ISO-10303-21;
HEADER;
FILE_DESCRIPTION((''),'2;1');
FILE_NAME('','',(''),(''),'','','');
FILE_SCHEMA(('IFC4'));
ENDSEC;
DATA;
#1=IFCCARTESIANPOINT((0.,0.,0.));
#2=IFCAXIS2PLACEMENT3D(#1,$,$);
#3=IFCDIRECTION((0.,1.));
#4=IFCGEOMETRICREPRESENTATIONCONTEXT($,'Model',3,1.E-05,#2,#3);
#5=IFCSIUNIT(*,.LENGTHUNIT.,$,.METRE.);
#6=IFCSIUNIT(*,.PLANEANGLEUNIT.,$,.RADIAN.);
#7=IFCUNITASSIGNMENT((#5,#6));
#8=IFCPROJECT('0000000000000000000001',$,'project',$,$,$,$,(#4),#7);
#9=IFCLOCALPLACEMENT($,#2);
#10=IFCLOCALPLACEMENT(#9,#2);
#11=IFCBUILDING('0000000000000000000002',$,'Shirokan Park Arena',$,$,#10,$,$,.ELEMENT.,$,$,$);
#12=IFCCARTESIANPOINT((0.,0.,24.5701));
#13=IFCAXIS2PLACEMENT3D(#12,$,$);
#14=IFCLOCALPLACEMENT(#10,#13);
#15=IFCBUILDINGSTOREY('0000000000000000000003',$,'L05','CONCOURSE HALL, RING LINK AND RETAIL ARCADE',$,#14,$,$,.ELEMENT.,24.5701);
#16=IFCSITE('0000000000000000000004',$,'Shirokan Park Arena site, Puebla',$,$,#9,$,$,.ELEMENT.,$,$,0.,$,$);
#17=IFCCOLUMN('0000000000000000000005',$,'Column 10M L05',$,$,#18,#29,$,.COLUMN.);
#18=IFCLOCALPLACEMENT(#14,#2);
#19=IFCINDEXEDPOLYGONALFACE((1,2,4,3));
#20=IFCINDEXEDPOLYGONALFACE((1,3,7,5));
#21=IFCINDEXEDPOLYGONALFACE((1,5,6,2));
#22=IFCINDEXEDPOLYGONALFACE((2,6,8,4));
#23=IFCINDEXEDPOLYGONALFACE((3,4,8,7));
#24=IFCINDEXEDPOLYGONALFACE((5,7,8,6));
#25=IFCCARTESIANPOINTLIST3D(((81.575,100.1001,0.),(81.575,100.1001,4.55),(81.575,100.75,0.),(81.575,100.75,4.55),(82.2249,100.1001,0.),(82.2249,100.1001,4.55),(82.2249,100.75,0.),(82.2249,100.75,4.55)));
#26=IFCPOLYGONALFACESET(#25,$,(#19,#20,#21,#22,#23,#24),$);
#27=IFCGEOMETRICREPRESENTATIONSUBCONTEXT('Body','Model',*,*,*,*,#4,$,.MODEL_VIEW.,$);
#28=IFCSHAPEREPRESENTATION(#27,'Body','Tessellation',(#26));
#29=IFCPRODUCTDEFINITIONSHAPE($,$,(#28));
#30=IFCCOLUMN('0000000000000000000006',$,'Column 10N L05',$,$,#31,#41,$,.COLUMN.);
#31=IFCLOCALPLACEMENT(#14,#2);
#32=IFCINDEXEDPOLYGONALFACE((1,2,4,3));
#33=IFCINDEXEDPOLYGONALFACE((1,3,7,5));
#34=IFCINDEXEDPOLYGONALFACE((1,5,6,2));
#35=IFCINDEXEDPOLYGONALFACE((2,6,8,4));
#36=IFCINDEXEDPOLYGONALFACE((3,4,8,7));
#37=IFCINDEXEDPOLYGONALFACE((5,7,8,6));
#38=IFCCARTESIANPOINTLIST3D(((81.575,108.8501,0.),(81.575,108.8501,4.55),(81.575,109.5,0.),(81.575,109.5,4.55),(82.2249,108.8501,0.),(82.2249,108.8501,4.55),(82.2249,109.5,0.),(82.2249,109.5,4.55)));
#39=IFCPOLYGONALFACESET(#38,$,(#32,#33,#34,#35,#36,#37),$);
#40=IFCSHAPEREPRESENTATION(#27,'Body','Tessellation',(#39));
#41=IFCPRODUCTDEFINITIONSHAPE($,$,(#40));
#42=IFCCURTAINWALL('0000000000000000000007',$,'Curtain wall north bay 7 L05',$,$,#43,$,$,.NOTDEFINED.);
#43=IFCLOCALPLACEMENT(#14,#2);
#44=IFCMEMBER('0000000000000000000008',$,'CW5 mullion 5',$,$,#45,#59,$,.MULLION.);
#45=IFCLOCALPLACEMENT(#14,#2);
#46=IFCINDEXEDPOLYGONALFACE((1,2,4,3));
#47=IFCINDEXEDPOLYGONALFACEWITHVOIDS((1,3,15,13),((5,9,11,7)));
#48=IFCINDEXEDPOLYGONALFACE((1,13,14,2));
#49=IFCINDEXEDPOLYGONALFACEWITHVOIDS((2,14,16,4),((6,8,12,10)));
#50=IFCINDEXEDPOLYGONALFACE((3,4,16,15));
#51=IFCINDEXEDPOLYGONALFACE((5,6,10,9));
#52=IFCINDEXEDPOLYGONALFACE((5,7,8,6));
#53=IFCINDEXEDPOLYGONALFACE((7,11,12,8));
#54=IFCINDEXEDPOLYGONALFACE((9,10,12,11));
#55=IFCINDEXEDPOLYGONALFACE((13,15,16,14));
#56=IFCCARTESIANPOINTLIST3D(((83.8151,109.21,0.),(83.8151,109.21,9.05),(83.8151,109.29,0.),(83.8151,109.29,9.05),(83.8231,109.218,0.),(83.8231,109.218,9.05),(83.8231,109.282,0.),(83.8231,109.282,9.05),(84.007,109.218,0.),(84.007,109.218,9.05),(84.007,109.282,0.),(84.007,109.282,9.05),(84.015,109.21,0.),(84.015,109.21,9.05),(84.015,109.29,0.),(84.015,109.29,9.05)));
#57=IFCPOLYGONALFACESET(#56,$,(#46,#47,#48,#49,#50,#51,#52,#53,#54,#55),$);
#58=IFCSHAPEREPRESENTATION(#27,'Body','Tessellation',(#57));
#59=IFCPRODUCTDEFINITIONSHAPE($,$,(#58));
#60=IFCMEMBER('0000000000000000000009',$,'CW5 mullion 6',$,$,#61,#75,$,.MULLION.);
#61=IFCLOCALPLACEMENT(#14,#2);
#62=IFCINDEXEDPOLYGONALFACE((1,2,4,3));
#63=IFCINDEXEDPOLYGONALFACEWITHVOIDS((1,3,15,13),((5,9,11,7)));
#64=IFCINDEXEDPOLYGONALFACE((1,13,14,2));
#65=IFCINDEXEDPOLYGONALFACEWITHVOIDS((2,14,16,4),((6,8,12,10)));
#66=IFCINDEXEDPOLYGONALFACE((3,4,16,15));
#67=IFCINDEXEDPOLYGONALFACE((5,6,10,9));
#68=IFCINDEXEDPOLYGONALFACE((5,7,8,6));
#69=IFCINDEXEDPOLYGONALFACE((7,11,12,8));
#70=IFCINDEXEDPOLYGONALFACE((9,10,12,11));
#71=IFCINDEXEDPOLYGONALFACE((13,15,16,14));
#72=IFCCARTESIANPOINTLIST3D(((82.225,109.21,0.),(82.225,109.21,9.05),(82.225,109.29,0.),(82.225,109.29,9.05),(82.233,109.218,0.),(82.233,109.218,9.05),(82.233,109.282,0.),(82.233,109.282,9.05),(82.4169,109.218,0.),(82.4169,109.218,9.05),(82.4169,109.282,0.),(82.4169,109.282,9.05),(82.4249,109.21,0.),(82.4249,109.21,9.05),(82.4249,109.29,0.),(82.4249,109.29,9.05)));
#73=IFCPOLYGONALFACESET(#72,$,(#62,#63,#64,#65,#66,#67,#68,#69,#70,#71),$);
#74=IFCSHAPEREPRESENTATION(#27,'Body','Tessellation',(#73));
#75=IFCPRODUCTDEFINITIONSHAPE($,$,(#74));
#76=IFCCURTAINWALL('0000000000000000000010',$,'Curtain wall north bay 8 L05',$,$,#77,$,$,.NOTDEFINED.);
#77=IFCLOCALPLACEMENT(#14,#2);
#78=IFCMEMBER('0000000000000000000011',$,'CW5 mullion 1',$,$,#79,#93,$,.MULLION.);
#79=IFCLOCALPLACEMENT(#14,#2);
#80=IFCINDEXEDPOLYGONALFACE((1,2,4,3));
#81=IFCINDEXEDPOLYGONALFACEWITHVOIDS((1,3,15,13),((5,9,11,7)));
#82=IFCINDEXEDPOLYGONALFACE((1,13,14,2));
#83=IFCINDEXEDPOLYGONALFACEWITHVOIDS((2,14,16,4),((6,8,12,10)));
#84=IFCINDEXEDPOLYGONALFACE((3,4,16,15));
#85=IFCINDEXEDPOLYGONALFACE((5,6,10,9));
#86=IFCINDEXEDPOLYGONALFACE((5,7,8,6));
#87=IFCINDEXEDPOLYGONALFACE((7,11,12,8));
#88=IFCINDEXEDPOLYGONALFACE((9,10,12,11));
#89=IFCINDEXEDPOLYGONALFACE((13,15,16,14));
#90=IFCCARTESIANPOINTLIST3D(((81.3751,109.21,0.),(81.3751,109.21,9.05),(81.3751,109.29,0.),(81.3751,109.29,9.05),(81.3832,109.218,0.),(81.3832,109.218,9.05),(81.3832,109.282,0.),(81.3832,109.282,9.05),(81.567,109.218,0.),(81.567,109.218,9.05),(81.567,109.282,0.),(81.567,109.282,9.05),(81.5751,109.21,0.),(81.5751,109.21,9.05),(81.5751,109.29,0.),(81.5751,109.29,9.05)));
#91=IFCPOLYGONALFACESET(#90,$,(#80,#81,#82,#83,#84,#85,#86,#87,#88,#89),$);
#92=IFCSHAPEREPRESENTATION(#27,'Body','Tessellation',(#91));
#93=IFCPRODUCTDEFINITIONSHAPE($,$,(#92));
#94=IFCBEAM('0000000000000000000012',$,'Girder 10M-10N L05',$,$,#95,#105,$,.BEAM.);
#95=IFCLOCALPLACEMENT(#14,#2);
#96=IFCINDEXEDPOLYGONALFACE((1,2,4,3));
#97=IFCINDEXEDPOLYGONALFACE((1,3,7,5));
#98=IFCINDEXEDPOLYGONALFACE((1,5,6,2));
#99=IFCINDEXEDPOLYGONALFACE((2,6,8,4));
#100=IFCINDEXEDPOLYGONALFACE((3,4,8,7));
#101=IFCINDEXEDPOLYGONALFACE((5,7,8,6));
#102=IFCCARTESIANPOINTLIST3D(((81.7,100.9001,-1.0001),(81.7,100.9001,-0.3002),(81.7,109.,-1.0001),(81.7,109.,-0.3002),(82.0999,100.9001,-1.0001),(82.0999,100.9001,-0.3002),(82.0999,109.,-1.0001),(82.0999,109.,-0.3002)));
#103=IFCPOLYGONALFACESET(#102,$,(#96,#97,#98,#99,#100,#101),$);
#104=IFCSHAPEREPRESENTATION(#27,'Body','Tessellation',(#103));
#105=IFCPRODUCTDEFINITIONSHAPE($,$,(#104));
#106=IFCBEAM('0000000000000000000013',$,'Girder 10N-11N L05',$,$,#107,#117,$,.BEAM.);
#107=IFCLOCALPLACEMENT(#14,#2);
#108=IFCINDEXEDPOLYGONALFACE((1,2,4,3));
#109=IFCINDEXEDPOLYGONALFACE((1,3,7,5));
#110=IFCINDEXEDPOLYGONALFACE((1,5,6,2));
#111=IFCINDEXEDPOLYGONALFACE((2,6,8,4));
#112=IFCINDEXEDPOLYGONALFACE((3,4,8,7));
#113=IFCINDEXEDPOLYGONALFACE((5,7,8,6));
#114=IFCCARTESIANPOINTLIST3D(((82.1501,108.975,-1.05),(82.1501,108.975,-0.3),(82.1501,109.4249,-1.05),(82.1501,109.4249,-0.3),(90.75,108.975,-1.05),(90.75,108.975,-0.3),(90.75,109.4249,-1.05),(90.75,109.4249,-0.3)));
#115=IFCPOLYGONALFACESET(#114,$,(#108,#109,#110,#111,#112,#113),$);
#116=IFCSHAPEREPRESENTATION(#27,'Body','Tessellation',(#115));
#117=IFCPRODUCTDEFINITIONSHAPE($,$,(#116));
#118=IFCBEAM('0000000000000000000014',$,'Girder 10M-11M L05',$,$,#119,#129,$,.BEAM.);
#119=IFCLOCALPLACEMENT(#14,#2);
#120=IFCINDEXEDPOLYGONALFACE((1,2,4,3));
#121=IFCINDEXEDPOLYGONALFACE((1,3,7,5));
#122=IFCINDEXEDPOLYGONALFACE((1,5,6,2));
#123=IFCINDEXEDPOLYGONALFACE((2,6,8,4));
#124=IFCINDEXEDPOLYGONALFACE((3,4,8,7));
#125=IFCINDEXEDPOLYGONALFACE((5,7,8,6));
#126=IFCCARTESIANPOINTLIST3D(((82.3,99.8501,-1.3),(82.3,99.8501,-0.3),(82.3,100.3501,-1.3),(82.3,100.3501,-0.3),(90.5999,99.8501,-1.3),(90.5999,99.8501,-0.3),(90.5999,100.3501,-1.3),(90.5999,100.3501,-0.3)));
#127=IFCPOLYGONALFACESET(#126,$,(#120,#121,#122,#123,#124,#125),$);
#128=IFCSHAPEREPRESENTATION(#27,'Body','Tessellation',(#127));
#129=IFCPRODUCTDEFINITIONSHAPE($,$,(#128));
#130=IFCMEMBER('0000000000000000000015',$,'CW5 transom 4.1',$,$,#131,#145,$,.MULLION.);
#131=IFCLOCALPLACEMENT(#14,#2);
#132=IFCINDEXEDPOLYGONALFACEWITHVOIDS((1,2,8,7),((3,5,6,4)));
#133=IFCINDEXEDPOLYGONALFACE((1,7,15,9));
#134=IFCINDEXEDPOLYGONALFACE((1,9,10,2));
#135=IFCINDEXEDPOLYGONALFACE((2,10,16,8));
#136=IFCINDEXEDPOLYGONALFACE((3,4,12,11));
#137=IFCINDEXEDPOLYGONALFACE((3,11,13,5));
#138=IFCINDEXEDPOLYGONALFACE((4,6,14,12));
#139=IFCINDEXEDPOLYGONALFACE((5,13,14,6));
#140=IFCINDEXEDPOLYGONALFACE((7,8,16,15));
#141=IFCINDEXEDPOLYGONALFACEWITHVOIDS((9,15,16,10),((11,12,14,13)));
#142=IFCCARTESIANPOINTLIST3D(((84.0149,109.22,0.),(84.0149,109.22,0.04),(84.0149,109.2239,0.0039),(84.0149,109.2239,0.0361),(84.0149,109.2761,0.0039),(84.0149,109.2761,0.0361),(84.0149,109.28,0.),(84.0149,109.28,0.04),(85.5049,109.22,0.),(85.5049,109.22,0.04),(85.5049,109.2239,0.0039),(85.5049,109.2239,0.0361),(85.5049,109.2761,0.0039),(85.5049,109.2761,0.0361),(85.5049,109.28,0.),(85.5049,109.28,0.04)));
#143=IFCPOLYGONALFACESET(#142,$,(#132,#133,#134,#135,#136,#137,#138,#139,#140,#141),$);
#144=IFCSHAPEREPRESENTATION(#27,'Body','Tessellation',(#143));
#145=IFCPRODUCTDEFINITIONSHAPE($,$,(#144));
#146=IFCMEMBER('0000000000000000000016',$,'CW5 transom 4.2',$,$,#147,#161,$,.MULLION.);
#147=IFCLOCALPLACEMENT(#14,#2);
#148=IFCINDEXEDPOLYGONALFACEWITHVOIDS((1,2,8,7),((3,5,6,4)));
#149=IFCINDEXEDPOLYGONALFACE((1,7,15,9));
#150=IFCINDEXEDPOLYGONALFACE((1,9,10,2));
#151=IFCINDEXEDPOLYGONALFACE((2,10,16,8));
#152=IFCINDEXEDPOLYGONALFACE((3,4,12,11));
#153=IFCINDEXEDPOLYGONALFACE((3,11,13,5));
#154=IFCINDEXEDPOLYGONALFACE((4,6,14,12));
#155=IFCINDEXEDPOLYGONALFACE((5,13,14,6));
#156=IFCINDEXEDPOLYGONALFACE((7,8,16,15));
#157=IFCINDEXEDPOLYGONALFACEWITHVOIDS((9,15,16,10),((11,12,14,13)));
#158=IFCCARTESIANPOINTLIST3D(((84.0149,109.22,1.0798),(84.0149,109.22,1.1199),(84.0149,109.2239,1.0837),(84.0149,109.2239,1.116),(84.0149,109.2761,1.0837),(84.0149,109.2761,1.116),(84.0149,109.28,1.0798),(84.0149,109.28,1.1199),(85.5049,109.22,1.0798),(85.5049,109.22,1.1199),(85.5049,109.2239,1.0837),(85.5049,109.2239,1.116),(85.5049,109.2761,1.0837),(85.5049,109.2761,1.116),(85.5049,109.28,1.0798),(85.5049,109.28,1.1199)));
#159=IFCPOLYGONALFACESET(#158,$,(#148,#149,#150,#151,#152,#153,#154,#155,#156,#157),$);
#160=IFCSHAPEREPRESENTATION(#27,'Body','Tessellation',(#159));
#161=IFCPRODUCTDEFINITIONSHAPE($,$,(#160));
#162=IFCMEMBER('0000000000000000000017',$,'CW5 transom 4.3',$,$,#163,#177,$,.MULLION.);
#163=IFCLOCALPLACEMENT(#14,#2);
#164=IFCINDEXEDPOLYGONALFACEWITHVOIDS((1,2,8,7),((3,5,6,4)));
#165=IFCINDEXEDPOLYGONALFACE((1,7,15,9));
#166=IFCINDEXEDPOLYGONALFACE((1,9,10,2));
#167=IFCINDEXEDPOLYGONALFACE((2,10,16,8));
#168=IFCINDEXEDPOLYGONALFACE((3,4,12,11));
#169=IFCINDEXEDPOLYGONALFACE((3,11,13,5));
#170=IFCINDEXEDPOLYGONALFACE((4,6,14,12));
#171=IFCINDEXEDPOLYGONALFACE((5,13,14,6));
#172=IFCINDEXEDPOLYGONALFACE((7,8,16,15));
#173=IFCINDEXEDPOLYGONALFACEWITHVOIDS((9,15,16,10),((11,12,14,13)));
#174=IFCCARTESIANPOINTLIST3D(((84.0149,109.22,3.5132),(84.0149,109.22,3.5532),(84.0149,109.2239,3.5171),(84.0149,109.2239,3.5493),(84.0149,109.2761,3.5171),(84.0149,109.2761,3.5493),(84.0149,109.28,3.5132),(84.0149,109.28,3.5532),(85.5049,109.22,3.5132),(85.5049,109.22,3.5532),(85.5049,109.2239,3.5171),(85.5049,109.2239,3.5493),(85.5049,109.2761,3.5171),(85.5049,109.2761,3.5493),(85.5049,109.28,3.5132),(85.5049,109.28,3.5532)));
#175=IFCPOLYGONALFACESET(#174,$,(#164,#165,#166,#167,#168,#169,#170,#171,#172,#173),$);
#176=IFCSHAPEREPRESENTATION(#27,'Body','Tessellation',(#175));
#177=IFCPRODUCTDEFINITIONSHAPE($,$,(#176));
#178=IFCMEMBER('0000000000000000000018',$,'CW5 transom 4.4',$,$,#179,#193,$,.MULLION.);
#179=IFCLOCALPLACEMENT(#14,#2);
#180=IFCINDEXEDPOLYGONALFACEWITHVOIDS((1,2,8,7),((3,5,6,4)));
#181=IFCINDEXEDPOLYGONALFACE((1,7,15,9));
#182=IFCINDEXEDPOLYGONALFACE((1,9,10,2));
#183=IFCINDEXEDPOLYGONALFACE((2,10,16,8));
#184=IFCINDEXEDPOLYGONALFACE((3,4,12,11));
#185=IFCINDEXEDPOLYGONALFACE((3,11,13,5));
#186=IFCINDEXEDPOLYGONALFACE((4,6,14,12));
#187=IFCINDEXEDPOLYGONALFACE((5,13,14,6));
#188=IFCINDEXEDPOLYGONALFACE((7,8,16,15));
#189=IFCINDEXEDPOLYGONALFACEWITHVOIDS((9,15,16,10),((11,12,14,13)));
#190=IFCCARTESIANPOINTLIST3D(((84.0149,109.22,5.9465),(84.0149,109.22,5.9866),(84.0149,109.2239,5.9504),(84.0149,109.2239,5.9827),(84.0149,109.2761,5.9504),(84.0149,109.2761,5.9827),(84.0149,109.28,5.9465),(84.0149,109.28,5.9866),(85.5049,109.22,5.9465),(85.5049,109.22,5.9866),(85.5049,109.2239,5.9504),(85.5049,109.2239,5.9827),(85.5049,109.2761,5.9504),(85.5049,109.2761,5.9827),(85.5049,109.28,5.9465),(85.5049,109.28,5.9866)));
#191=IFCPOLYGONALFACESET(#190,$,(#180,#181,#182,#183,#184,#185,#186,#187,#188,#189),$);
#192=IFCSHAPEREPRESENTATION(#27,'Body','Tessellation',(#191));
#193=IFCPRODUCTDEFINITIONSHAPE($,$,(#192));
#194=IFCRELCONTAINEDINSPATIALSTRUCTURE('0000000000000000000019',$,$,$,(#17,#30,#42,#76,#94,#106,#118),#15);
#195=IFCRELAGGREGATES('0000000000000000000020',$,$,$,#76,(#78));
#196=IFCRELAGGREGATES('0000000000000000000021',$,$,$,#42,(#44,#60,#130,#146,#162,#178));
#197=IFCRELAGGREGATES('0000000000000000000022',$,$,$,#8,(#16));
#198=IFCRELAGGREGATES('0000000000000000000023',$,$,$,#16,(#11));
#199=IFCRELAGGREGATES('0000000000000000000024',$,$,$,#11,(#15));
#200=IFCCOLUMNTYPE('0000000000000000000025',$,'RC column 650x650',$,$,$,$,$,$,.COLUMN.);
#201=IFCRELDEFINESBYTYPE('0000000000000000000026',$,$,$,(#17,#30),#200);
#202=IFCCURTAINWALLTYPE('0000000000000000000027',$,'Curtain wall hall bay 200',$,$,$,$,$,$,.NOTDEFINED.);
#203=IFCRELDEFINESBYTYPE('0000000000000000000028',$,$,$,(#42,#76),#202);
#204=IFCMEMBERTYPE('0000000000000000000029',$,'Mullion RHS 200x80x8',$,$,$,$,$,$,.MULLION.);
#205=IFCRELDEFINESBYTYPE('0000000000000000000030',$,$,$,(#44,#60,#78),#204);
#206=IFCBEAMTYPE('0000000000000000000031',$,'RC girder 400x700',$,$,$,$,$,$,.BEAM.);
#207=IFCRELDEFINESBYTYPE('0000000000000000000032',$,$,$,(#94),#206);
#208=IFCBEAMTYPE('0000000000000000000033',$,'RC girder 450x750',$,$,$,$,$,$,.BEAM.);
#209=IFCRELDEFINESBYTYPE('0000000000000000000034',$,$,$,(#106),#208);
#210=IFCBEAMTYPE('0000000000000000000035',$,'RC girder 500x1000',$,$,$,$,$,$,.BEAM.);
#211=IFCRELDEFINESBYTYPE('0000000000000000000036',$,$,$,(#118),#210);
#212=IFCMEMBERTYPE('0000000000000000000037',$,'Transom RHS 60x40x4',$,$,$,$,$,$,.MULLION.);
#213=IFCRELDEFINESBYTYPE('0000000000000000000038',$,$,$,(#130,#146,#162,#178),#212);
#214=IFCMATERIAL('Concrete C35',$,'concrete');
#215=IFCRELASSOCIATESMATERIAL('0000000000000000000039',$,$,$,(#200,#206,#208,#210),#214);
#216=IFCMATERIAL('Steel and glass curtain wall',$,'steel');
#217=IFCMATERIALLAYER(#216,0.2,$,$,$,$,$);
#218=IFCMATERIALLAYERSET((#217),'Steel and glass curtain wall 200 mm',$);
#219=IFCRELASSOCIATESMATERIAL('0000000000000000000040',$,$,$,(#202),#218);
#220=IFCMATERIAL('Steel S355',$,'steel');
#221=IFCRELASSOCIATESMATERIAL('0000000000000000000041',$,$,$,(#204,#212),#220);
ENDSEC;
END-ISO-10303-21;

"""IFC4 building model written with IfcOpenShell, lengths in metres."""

from ifc_helpers import new_model, si_unit, direction, frame, origin, origin_2d, place, context, subcontext, project, spatial, rectangle, hollow_rectangle, extrude, material, layer, layer_set, material_profile, profile_set, type_object, element, aggregate, save


model = new_model("IFC4")

# Units and contexts
model_context = context("Model", 3, precision=1e-05, world=origin(), true_north=direction((0.0, 1.0)))
body_context = subcontext(model_context, "Body", "Model", "MODEL_VIEW")
ifc_project = project(units=[si_unit("LENGTHUNIT", "METRE"), si_unit("PLANEANGLEUNIT", "RADIAN")], contexts=[model_context])

# Site, building, storey
site_placement = place(None, origin())
site = spatial("IfcSite", under=ifc_project, at=site_placement, Name="Shirokan Park Arena site, Puebla", CompositionType="ELEMENT", RefElevation=0.0)
building_placement = place(site_placement, origin())
building = spatial("IfcBuilding", under=site, at=building_placement, Name="Shirokan Park Arena", CompositionType="ELEMENT")
storey_placement = place(building_placement, frame((0.0, 0.0, 24.5701)))
storey = spatial("IfcBuildingStorey", under=building, at=storey_placement, Name="L05", Description="CONCOURSE HALL, RING LINK AND RETAIL ARCADE", CompositionType="ELEMENT", Elevation=24.5701)

# Columns
ifc_material_1 = material(Name="Concrete C35", Category="concrete")
ifc_material_profile_1 = material_profile(ifc_material_1, rectangle(XDim=0.6499, YDim=0.6499, at=origin_2d()), Name="650x650")
ifc_profile_set_1 = profile_set([ifc_material_profile_1], Name="Concrete C35")
column_type = type_object("IfcColumnType", Name="RC column 650x650", PredefinedType="COLUMN", material=ifc_profile_set_1)
for number, where, z_axis, x_axis, name in (
    (1, (81.8999, 100.425, 0.0), (0.0, 0.0, 1.0), (1.0, 0.0, 0.0), "Column 10M L05"),
    (2, (81.8999, 109.175, 0.0), (0.0, 0.0, 1.0), (1.0, 0.0, 0.0), "Column 10N L05"),
):
    element("IfcColumn", number, at=place(storey_placement, frame(where, z_axis=z_axis, x_axis=x_axis)), inside=storey, type_object=column_type, Name=name, PredefinedType="COLUMN", context=body_context, shape_type="SweptSolid", body=[
        extrude(rectangle(XDim=0.6499, YDim=0.6499, at=origin_2d()), origin(), (0.0, 0.0, 1.0), 4.55),
    ])

# Curtain wall, members
ifc_material_2 = material(Name="Steel and glass curtain wall", Category="steel")
ifc_layer_1 = layer(ifc_material_2, 0.2)
ifc_layer_set_1 = layer_set([ifc_layer_1], Name="Steel and glass curtain wall 200 mm")
curtain_wall_type = type_object("IfcCurtainWallType", Name="Curtain wall hall bay 200", PredefinedType="NOTDEFINED", material=ifc_layer_set_1)
curtain_wall_1_placement = place(storey_placement, origin())
curtain_wall_1 = element("IfcCurtainWall", 3, at=curtain_wall_1_placement, inside=storey, type_object=curtain_wall_type, Name="Curtain wall north bay 7 L05", PredefinedType="NOTDEFINED")
ifc_material_3 = material(Name="Steel S355", Category="steel")
ifc_material_profile_2 = material_profile(ifc_material_3, hollow_rectangle(XDim=0.0801, YDim=0.2, WallThickness=0.0081, at=origin_2d()), Name="RHS 200x80x8")
ifc_profile_set_2 = profile_set([ifc_material_profile_2], Name="Steel S355")
member_type_1 = type_object("IfcMemberType", Name="Mullion RHS 200x80x8", PredefinedType="MULLION", material=ifc_profile_set_2)
member_1_placement = place(storey_placement, frame((83.915, 109.25, 0.0), z_axis=(0.0, 0.0, 1.0), x_axis=(0.0, -1.0, 0.0)))
member_1 = element("IfcMember", 4, at=member_1_placement, type_object=member_type_1, Name="CW5 mullion 5", PredefinedType="MULLION", context=body_context, shape_type="SweptSolid", body=[
    extrude(hollow_rectangle(XDim=0.0801, YDim=0.2, WallThickness=0.0081, at=origin_2d()), origin(), (0.0, 0.0, 1.0), 9.05),
])
member_2_placement = place(storey_placement, frame((82.325, 109.25, 0.0), z_axis=(0.0, 0.0, 1.0), x_axis=(0.0, -1.0, 0.0)))
member_2 = element("IfcMember", 5, at=member_2_placement, type_object=member_type_1, Name="CW5 mullion 6", PredefinedType="MULLION", context=body_context, shape_type="SweptSolid", body=[
    extrude(hollow_rectangle(XDim=0.0801, YDim=0.2, WallThickness=0.0081, at=origin_2d()), origin(), (0.0, 0.0, 1.0), 9.05),
])

# Curtain wall, member
curtain_wall_2_placement = place(storey_placement, origin())
curtain_wall_2 = element("IfcCurtainWall", 6, at=curtain_wall_2_placement, inside=storey, type_object=curtain_wall_type, Name="Curtain wall north bay 8 L05", PredefinedType="NOTDEFINED")
member_3_placement = place(storey_placement, frame((81.4751, 109.25, 0.0), z_axis=(0.0, 0.0, 1.0), x_axis=(0.0, -1.0, 0.0)))
member_3 = element("IfcMember", 7, at=member_3_placement, type_object=member_type_1, Name="CW5 mullion 1", PredefinedType="MULLION", context=body_context, shape_type="SweptSolid", body=[
    extrude(hollow_rectangle(XDim=0.0801, YDim=0.2, WallThickness=0.0081, at=origin_2d()), origin(), (0.0, 0.0, 1.0), 9.05),
])

# Beams
ifc_material_profile_3 = material_profile(ifc_material_1, rectangle(XDim=0.3999, YDim=0.7, at=origin_2d()), Name="400x700")
ifc_profile_set_3 = profile_set([ifc_material_profile_3], Name="Concrete C35")
beam_type_1 = type_object("IfcBeamType", Name="RC girder 400x700", PredefinedType="BEAM", material=ifc_profile_set_3)
beam_1_placement = place(storey_placement, frame((81.8999, 100.9001, -0.6501), z_axis=(0.0, 1.0, 0.0), x_axis=(-1.0, 0.0, 0.0)))
element("IfcBeam", 8, at=beam_1_placement, inside=storey, type_object=beam_type_1, Name="Girder 10M-10N L05", PredefinedType="BEAM", context=body_context, shape_type="SweptSolid", body=[
    extrude(rectangle(XDim=0.3999, YDim=0.7, at=origin_2d()), origin(), (0.0, 0.0, 1.0), 8.0999),
])
ifc_material_profile_4 = material_profile(ifc_material_1, rectangle(XDim=0.45, YDim=0.75, at=origin_2d()), Name="450x750")
ifc_profile_set_4 = profile_set([ifc_material_profile_4], Name="Concrete C35")
beam_type_2 = type_object("IfcBeamType", Name="RC girder 450x750", PredefinedType="BEAM", material=ifc_profile_set_4)
beam_2_placement = place(storey_placement, frame((82.1501, 109.2, -0.675), z_axis=(1.0, 0.0, 0.0), x_axis=(0.0, 1.0, 0.0)))
element("IfcBeam", 9, at=beam_2_placement, inside=storey, type_object=beam_type_2, Name="Girder 10N-11N L05", PredefinedType="BEAM", context=body_context, shape_type="SweptSolid", body=[
    extrude(rectangle(XDim=0.45, YDim=0.75, at=origin_2d()), origin(), (0.0, 0.0, 1.0), 8.5999),
])
ifc_material_profile_5 = material_profile(ifc_material_1, rectangle(XDim=0.5, YDim=1.0, at=origin_2d()), Name="500x1000")
ifc_profile_set_5 = profile_set([ifc_material_profile_5], Name="Concrete C35")
beam_type_3 = type_object("IfcBeamType", Name="RC girder 500x1000", PredefinedType="BEAM", material=ifc_profile_set_5)
beam_3_placement = place(storey_placement, frame((82.3, 100.1001, -0.8), z_axis=(1.0, 0.0, 0.0), x_axis=(0.0, 1.0, 0.0)))
element("IfcBeam", 10, at=beam_3_placement, inside=storey, type_object=beam_type_3, Name="Girder 10M-11M L05", PredefinedType="BEAM", context=body_context, shape_type="SweptSolid", body=[
    extrude(rectangle(XDim=0.5, YDim=1.0, at=origin_2d()), origin(), (0.0, 0.0, 1.0), 8.2998),
])

# Members
ifc_material_profile_6 = material_profile(ifc_material_3, hollow_rectangle(XDim=0.0601, YDim=0.04, WallThickness=0.0039, at=origin_2d()), Name="RHS 60x40x4")
ifc_profile_set_6 = profile_set([ifc_material_profile_6], Name="Steel S355")
member_type_2 = type_object("IfcMemberType", Name="Transom RHS 60x40x4", PredefinedType="MULLION", material=ifc_profile_set_6)
member_4_placement = place(storey_placement, frame((85.5049, 109.25, 0.02), z_axis=(-1.0, 0.0, 0.0), x_axis=(0.0, -1.0, 0.0)))
member_4 = element("IfcMember", 11, at=member_4_placement, type_object=member_type_2, Name="CW5 transom 4.1", PredefinedType="MULLION", context=body_context, shape_type="SweptSolid", body=[
    extrude(hollow_rectangle(XDim=0.0601, YDim=0.04, WallThickness=0.0039, at=origin_2d()), origin(), (0.0, 0.0, 1.0), 1.49),
])
member_5_placement = place(storey_placement, frame((85.5049, 109.25, 1.0999), z_axis=(-1.0, 0.0, 0.0), x_axis=(0.0, -1.0, 0.0)))
member_5 = element("IfcMember", 12, at=member_5_placement, type_object=member_type_2, Name="CW5 transom 4.2", PredefinedType="MULLION", context=body_context, shape_type="SweptSolid", body=[
    extrude(hollow_rectangle(XDim=0.0601, YDim=0.04, WallThickness=0.0039, at=origin_2d()), origin(), (0.0, 0.0, 1.0), 1.49),
])
member_6_placement = place(storey_placement, frame((85.5049, 109.25, 3.5332), z_axis=(-1.0, 0.0, 0.0), x_axis=(0.0, -1.0, 0.0)))
member_6 = element("IfcMember", 13, at=member_6_placement, type_object=member_type_2, Name="CW5 transom 4.3", PredefinedType="MULLION", context=body_context, shape_type="SweptSolid", body=[
    extrude(hollow_rectangle(XDim=0.0601, YDim=0.04, WallThickness=0.0039, at=origin_2d()), origin(), (0.0, 0.0, 1.0), 1.49),
])
member_7_placement = place(storey_placement, frame((85.5049, 109.25, 5.9666), z_axis=(-1.0, 0.0, 0.0), x_axis=(0.0, -1.0, 0.0)))
member_7 = element("IfcMember", 14, at=member_7_placement, type_object=member_type_2, Name="CW5 transom 4.4", PredefinedType="MULLION", context=body_context, shape_type="SweptSolid", body=[
    extrude(hollow_rectangle(XDim=0.0601, YDim=0.04, WallThickness=0.0039, at=origin_2d()), origin(), (0.0, 0.0, 1.0), 1.49),
])

aggregate(curtain_wall_2, [member_3])
aggregate(curtain_wall_1, [member_1, member_2, member_4, member_5, member_6, member_7])

save(model, "model.ifc")
